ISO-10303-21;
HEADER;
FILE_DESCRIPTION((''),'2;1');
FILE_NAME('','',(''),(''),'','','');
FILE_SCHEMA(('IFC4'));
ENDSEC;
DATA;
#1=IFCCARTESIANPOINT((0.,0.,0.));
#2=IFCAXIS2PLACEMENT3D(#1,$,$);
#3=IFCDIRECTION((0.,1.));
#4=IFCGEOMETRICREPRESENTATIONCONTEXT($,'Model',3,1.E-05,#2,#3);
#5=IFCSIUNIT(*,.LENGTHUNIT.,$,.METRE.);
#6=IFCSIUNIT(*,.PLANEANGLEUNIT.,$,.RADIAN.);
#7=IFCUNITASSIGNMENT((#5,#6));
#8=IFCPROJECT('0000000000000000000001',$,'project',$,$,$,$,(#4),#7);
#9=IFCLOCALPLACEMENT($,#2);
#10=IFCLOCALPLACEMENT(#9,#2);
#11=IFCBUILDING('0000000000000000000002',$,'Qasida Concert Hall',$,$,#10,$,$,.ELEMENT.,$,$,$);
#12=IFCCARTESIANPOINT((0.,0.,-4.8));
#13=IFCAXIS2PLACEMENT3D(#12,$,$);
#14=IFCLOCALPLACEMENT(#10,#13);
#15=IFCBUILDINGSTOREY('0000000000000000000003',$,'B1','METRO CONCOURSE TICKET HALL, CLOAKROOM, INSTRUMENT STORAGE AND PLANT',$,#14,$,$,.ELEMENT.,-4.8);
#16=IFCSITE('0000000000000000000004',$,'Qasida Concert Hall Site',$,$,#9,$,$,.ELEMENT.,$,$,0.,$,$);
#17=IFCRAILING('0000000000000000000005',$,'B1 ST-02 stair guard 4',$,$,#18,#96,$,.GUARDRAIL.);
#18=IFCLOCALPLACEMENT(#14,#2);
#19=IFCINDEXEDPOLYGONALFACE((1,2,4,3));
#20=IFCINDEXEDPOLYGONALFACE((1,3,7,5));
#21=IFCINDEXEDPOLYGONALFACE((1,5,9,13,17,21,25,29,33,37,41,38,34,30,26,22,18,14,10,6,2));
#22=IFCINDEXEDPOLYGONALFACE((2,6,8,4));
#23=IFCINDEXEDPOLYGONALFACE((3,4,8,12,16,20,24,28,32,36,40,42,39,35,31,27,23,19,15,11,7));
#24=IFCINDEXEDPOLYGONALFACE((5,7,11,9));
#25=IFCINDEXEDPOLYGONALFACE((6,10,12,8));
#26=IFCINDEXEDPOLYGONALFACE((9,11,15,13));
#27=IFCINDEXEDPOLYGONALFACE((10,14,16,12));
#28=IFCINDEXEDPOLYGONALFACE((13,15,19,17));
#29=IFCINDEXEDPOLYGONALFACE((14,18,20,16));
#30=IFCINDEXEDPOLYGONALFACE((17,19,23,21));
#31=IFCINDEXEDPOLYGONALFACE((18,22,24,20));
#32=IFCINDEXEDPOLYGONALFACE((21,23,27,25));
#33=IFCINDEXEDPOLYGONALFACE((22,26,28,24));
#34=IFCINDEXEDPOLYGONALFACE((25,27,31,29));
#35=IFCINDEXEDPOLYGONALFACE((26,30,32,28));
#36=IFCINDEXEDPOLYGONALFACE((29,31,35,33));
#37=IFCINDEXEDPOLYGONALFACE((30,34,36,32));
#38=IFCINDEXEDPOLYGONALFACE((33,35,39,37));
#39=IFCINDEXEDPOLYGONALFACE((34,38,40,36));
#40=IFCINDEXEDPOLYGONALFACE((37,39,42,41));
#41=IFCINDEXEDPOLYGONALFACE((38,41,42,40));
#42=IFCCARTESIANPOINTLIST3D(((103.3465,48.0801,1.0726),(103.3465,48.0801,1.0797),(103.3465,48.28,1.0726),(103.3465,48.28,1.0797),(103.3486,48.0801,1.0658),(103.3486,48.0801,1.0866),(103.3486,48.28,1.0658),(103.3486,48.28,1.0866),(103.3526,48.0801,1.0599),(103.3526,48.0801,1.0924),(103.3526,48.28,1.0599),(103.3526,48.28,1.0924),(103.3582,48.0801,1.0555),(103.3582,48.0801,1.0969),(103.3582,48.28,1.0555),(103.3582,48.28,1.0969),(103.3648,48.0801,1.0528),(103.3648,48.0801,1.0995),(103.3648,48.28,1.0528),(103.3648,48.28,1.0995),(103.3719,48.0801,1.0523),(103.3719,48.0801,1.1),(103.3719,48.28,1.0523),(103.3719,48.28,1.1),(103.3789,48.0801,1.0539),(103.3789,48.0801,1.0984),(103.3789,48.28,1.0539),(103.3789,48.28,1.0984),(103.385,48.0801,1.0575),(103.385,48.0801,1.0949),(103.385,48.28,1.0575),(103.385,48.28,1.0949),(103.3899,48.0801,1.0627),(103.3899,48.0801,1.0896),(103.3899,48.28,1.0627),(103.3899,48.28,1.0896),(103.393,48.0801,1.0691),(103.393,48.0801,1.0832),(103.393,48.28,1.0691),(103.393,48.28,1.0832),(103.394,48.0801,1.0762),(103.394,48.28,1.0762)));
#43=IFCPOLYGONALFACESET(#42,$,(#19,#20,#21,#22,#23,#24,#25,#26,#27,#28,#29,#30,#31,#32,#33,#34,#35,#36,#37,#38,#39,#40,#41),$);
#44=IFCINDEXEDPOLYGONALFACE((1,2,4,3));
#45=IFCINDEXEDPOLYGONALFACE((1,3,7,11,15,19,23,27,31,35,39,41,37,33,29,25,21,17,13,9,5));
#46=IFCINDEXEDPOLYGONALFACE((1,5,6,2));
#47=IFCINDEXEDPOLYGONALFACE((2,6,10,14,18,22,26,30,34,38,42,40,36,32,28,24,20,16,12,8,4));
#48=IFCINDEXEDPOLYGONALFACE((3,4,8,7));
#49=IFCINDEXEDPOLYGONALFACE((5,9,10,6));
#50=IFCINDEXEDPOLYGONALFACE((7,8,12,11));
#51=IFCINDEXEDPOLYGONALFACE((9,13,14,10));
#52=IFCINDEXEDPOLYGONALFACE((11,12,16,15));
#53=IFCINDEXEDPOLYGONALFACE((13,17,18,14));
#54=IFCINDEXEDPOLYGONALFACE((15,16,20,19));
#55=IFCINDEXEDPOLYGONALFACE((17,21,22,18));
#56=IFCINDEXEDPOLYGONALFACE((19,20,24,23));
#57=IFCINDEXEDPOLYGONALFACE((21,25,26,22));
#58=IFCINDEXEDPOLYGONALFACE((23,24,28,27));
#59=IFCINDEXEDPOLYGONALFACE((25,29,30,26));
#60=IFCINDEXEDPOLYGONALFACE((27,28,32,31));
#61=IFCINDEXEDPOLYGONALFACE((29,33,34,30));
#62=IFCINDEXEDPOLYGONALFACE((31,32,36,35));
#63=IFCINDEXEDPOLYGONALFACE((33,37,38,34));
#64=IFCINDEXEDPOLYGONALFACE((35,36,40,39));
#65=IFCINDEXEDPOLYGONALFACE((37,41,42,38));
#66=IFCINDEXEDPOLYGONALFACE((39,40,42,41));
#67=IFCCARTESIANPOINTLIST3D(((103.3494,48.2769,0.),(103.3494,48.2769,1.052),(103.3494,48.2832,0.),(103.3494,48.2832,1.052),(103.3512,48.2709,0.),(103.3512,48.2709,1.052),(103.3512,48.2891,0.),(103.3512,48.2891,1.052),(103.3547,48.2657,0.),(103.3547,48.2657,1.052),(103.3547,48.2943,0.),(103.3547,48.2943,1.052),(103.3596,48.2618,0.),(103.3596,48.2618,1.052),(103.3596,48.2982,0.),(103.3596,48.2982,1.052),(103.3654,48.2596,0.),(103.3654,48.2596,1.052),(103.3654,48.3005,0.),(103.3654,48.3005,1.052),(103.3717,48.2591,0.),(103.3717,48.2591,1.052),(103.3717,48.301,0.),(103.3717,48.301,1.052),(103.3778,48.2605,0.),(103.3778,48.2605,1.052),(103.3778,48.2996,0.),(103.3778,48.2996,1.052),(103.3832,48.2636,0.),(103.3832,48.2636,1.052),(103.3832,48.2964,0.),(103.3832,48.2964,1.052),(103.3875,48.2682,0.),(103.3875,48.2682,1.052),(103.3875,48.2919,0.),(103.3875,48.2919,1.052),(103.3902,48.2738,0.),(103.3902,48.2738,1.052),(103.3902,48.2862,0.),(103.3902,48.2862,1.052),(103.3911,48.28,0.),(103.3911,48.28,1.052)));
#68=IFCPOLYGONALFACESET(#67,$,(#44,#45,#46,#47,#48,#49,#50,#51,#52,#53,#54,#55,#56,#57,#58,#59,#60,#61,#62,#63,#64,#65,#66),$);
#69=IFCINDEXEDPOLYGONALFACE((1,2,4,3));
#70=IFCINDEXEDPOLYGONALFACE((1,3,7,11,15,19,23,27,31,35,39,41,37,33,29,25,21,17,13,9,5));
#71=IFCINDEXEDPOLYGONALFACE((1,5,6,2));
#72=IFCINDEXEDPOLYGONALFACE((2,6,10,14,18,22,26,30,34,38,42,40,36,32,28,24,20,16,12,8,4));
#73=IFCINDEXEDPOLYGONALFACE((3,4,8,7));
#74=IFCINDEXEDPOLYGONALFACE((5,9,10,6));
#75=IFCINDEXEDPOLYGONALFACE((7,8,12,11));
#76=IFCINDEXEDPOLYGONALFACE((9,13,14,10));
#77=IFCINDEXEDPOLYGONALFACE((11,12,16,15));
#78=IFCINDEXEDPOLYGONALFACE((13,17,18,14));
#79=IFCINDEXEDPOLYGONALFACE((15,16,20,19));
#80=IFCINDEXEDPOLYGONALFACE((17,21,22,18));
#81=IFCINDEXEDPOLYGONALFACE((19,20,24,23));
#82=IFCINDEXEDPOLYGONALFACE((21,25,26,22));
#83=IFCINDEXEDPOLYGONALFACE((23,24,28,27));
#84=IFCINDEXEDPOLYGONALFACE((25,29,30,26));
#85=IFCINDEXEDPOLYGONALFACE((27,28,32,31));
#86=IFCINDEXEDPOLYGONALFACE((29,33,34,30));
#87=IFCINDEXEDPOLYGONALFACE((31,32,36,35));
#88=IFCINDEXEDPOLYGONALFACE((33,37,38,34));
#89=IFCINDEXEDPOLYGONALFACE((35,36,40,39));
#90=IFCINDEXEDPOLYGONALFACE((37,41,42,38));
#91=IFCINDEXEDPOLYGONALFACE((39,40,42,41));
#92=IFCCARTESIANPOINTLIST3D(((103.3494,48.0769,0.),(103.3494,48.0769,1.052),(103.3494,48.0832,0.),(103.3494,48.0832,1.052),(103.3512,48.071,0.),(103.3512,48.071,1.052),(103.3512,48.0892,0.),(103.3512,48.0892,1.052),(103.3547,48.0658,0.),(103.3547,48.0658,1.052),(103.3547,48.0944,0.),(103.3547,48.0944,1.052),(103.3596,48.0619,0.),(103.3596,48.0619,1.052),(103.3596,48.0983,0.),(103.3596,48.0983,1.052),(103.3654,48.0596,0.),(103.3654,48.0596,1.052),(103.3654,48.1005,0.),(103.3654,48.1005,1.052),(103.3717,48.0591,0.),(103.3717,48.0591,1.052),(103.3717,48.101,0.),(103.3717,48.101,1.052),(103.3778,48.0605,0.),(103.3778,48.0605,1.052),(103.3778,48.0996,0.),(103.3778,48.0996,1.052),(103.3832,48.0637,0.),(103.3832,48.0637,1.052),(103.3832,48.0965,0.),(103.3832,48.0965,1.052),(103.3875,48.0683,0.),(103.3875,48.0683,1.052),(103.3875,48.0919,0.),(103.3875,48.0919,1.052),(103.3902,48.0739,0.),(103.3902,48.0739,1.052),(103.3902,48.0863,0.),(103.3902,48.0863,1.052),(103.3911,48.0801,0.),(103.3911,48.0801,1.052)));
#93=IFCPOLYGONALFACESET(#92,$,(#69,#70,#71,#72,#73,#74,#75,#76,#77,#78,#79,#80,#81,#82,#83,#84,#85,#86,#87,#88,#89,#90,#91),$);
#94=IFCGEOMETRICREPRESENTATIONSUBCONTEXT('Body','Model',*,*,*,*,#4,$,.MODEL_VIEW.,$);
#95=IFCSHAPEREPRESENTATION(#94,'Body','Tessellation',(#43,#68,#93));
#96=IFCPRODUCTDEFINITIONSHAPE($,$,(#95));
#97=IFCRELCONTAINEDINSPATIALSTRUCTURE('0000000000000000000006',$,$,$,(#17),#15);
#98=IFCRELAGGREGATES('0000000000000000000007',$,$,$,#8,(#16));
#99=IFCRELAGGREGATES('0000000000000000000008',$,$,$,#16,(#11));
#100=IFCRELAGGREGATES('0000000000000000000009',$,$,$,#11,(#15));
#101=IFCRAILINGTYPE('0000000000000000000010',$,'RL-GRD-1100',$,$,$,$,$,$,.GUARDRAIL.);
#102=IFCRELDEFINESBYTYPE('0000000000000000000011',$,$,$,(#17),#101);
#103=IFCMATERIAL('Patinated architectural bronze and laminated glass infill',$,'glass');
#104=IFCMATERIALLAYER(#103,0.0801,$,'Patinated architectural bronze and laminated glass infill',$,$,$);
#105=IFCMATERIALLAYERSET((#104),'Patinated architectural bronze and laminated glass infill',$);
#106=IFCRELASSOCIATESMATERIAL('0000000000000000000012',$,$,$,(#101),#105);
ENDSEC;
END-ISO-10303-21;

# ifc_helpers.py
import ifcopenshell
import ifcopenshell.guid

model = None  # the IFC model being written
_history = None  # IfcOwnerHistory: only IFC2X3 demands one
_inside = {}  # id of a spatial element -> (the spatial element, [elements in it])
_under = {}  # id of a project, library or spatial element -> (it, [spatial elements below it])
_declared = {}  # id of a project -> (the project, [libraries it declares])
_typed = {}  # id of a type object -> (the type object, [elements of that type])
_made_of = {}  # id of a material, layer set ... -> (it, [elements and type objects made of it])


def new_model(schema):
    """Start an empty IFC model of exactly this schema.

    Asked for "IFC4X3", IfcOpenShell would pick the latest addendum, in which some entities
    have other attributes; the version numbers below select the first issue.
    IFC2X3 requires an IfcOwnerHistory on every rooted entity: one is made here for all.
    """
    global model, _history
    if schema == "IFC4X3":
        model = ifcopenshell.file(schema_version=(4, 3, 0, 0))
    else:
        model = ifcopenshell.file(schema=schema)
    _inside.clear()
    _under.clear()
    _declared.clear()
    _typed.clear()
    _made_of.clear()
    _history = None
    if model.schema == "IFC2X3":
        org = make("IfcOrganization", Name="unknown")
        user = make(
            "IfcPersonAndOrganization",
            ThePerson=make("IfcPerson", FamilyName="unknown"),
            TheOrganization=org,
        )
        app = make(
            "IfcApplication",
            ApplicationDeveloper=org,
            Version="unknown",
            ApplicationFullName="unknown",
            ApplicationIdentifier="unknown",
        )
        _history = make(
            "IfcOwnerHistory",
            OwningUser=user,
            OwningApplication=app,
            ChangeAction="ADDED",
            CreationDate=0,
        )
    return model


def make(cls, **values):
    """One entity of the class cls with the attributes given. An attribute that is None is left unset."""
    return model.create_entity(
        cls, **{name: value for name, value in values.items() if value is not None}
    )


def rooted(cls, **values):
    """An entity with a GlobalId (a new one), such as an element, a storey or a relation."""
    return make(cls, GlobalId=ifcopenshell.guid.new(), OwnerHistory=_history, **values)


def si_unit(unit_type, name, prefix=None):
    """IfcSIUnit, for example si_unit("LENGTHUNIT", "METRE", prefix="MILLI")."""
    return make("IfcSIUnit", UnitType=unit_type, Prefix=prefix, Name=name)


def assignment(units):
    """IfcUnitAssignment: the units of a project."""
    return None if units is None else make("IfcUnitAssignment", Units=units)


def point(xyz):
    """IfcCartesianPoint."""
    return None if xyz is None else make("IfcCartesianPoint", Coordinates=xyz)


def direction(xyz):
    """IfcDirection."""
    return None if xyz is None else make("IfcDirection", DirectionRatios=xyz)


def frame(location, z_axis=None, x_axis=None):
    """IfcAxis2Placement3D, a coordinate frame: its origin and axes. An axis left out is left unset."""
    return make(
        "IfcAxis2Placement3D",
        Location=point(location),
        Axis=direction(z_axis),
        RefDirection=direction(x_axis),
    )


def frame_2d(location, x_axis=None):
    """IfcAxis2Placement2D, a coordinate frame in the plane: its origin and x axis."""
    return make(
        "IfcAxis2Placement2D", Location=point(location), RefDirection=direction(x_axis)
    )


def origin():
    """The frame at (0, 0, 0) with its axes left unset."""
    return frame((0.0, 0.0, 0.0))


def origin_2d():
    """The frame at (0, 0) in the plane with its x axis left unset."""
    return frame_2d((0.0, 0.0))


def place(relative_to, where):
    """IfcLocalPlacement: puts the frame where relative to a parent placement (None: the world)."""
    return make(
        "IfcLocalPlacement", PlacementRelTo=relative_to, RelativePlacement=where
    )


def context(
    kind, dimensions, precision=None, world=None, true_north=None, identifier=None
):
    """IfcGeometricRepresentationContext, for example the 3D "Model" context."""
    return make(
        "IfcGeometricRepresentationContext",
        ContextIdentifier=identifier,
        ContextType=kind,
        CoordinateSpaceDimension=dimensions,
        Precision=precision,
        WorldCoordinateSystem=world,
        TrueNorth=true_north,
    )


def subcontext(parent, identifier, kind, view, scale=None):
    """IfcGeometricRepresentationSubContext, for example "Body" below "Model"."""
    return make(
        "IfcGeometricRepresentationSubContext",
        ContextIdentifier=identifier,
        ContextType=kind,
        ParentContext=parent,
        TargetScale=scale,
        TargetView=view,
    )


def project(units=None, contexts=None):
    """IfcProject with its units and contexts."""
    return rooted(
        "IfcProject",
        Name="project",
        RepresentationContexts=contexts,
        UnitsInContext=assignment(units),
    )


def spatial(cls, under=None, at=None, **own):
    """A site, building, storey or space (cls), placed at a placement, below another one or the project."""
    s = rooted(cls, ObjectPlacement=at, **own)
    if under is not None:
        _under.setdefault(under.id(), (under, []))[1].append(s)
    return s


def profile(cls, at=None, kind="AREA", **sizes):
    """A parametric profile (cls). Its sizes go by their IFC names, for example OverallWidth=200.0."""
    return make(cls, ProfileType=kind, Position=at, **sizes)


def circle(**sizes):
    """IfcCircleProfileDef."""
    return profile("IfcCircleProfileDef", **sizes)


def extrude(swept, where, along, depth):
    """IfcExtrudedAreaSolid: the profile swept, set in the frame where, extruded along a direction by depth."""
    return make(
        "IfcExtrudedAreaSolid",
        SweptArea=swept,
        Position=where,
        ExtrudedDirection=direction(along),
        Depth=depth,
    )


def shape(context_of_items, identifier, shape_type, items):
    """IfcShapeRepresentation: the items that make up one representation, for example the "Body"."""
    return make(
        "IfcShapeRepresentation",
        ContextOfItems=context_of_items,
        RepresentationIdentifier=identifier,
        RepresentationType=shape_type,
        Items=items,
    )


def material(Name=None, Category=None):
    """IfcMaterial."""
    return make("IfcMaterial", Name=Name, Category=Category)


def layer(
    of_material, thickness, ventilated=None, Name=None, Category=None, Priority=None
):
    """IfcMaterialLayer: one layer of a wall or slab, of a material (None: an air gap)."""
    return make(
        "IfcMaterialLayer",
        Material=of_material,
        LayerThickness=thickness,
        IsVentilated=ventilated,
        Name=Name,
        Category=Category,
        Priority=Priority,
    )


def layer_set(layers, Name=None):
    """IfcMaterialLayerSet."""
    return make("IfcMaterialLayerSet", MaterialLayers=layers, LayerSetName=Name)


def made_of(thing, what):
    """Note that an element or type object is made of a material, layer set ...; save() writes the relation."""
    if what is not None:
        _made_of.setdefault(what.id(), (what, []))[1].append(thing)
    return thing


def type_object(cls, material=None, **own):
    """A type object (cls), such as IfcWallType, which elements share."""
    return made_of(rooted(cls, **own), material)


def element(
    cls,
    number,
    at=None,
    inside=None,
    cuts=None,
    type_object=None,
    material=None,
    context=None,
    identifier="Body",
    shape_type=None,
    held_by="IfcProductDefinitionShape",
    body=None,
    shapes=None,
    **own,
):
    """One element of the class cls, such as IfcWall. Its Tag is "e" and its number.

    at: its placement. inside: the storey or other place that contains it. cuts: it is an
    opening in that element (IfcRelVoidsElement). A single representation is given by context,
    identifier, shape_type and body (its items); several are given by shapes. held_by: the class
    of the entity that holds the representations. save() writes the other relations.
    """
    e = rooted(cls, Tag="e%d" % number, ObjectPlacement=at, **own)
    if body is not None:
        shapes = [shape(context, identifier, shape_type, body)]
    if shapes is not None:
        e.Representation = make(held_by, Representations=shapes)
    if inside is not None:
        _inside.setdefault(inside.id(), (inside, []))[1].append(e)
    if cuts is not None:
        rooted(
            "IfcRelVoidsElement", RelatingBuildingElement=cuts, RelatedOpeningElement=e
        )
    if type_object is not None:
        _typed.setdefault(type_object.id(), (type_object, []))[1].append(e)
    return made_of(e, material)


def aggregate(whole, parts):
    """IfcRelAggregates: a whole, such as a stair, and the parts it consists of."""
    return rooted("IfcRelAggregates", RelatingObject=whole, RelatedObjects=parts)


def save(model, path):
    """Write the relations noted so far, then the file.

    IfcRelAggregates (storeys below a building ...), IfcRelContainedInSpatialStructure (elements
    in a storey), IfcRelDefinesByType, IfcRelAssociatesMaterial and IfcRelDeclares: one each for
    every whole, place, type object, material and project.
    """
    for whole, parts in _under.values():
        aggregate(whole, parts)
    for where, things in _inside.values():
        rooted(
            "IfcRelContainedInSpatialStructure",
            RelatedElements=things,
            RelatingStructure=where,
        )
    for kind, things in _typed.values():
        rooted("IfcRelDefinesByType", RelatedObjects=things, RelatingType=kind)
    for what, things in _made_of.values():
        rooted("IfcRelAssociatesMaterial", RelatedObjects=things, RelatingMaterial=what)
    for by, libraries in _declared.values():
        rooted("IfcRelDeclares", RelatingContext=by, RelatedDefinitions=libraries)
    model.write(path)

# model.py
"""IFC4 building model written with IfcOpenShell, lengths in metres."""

from ifc_helpers import new_model, si_unit, direction, frame, origin, origin_2d, place, context, subcontext, project, spatial, circle, extrude, material, layer, layer_set, type_object, element, save


model = new_model("IFC4")

# Units and contexts
model_context = context("Model", 3, precision=1e-05, world=origin(), true_north=direction((0.0, 1.0)))
body_context = subcontext(model_context, "Body", "Model", "MODEL_VIEW")
ifc_project = project(units=[si_unit("LENGTHUNIT", "METRE"), si_unit("PLANEANGLEUNIT", "RADIAN")], contexts=[model_context])

# Site, building, storey
site_placement = place(None, origin())
site = spatial("IfcSite", under=ifc_project, at=site_placement, Name="Qasida Concert Hall Site", CompositionType="ELEMENT", RefElevation=0.0)
building_placement = place(site_placement, origin())
building = spatial("IfcBuilding", under=site, at=building_placement, Name="Qasida Concert Hall", CompositionType="ELEMENT")
storey_placement = place(building_placement, frame((0.0, 0.0, -4.8)))
storey = spatial("IfcBuildingStorey", under=building, at=storey_placement, Name="B1", Description="METRO CONCOURSE TICKET HALL, CLOAKROOM, INSTRUMENT STORAGE AND PLANT", CompositionType="ELEMENT", Elevation=-4.8)

# Railing
ifc_material_1 = material(Name="Patinated architectural bronze and laminated glass infill", Category="glass")
ifc_layer_1 = layer(ifc_material_1, 0.0801, Name="Patinated architectural bronze and laminated glass infill")
ifc_layer_set_1 = layer_set([ifc_layer_1], Name="Patinated architectural bronze and laminated glass infill")
railing_type_1 = type_object("IfcRailingType", Name="RL-GRD-1100", PredefinedType="GUARDRAIL", material=ifc_layer_set_1)
railing_1_placement = place(storey_placement, frame((103.3701, 48.28, 0.0)))
element("IfcRailing", 1, at=railing_1_placement, inside=storey, type_object=railing_type_1, Name="B1 ST-02 stair guard 4", PredefinedType="GUARDRAIL", context=body_context, shape_type="SweptSolid", body=[
    extrude(circle(Radius=0.0239, at=origin_2d()), frame((0.0, 0.0, 1.0762), z_axis=(0.0, -1.0, 0.0), x_axis=(1.0, 0.0, 0.0)), (0.0, 0.0, 1.0), 0.2),
    extrude(circle(Radius=0.021, at=origin_2d()), origin(), (0.0, 0.0, 1.0), 1.052),
    extrude(circle(Radius=0.021, at=origin_2d()), frame((0.0, -0.2, 0.0)), (0.0, 0.0, 1.0), 1.052),
])

save(model, "model.ifc")
